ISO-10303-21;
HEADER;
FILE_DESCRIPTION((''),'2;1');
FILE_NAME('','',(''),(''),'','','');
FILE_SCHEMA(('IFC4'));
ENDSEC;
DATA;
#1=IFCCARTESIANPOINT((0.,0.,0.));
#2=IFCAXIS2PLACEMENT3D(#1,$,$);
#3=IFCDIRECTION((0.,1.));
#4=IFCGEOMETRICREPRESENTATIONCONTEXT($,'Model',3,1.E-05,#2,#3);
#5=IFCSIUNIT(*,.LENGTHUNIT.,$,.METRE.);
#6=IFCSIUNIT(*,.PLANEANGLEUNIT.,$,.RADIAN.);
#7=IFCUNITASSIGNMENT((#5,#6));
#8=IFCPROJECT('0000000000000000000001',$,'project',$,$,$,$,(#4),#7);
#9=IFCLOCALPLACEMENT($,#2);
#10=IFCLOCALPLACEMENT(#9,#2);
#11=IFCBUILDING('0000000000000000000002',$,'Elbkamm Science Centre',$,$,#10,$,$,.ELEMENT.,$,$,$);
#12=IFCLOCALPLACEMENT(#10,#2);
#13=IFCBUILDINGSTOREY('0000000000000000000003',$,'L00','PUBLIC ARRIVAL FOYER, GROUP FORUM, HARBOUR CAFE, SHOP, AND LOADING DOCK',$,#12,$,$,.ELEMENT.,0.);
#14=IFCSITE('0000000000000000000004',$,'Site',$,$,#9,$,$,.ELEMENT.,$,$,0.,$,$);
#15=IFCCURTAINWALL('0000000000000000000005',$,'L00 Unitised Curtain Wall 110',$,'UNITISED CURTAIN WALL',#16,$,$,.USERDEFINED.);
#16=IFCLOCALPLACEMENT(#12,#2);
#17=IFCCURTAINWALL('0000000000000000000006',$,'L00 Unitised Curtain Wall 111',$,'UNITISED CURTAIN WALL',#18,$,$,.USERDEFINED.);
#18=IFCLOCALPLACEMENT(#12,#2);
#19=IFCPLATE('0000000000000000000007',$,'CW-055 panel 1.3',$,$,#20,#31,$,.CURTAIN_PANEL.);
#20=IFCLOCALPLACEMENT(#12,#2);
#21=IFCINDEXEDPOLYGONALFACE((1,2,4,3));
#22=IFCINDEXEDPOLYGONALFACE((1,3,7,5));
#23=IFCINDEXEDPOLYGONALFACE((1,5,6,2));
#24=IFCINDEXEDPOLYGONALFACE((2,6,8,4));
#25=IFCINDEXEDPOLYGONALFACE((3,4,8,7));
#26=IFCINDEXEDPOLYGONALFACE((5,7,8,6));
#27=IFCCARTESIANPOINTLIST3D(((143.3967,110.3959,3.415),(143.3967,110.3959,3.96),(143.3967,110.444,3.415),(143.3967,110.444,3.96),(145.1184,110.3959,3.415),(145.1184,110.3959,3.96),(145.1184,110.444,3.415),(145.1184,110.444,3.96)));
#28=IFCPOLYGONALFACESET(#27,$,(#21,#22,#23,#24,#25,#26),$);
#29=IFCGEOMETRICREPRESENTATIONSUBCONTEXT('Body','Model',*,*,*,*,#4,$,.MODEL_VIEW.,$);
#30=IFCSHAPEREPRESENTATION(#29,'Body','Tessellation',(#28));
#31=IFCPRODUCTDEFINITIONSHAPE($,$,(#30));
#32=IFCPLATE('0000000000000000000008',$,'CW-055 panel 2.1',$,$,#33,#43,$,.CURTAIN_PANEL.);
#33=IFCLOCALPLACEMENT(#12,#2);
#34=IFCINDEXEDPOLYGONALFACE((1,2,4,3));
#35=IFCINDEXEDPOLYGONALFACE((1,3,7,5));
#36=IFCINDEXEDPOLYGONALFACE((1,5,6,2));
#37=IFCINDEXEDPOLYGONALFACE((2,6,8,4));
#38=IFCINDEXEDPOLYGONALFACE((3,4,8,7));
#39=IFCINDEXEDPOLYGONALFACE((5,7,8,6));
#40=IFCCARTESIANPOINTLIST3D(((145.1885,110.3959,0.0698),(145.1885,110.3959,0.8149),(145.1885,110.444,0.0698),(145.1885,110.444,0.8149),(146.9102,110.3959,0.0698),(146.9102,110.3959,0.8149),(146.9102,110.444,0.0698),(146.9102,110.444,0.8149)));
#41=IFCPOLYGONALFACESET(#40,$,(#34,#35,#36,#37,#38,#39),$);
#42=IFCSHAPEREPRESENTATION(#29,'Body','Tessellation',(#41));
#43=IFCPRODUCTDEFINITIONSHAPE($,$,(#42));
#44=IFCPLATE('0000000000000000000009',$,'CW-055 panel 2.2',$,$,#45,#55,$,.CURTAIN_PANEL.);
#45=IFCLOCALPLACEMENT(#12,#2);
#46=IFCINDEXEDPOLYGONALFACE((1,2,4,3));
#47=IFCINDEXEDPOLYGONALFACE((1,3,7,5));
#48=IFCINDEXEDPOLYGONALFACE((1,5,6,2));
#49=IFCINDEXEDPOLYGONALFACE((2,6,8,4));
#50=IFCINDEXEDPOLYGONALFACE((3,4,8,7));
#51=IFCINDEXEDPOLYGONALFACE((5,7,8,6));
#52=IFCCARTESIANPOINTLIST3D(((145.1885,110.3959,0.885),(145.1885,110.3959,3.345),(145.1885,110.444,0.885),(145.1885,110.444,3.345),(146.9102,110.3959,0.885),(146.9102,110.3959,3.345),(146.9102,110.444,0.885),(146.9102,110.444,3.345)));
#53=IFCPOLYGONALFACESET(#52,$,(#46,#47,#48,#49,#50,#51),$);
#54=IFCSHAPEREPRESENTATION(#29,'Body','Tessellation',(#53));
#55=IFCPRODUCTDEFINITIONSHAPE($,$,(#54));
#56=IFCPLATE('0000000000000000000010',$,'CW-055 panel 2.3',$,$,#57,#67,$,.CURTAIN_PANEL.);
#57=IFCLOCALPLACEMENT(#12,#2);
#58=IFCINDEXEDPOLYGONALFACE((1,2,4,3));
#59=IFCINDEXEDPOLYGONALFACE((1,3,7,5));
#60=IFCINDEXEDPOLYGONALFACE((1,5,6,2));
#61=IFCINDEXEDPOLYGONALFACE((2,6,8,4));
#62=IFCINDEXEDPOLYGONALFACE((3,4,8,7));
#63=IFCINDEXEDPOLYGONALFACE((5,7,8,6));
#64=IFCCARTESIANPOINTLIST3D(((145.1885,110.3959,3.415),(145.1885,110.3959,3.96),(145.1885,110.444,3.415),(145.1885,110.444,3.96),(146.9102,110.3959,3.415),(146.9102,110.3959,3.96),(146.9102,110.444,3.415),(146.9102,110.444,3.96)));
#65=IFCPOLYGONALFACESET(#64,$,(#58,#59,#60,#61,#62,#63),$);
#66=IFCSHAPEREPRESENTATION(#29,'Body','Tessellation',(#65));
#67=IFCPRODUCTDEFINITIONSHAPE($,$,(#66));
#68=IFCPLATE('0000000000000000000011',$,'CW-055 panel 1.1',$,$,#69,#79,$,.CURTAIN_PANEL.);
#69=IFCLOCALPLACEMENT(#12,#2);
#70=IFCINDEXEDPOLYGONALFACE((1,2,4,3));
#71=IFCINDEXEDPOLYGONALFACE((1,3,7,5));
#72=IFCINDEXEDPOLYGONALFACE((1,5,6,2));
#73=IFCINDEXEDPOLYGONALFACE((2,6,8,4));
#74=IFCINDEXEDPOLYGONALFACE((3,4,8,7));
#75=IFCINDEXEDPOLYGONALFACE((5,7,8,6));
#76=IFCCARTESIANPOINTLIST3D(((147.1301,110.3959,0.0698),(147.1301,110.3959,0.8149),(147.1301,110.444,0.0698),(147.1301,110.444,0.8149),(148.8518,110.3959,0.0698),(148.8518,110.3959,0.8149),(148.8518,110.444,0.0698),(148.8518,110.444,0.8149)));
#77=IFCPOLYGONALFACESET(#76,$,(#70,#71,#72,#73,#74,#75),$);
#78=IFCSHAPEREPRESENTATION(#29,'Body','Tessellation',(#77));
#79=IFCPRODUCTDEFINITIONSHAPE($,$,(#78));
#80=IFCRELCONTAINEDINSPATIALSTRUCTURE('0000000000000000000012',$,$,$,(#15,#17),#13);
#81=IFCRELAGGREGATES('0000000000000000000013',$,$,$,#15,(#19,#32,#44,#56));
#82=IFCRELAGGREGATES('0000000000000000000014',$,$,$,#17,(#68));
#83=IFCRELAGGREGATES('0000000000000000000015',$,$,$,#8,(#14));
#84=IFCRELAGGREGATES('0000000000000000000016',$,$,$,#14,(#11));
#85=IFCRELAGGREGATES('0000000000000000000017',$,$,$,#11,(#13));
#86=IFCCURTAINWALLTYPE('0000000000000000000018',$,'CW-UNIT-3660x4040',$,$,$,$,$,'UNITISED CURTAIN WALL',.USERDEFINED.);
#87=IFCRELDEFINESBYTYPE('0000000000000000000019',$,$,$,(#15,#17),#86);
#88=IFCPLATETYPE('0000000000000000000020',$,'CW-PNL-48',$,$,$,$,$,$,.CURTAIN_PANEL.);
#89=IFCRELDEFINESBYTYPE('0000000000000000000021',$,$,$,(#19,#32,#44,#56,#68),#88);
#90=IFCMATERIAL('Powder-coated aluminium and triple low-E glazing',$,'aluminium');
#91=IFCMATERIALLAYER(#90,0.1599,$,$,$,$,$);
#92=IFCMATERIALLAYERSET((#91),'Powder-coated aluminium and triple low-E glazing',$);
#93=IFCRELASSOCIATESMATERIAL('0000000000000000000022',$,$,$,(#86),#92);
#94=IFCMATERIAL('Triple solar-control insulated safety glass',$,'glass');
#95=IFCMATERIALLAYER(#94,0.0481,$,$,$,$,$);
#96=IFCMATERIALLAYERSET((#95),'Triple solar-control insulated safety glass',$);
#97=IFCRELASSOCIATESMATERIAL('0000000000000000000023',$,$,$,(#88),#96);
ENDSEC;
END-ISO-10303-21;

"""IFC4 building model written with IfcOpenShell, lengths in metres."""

from ifc_helpers import new_model, si_unit, direction, frame, origin, origin_2d, place, context, subcontext, project, spatial, rectangle, extrude, material, layer, layer_set, type_object, element, aggregate, save


model = new_model("IFC4")

# Units and contexts
model_context = context("Model", 3, precision=1e-05, world=origin(), true_north=direction((0.0, 1.0)))
body_context = subcontext(model_context, "Body", "Model", "MODEL_VIEW")
ifc_project = project(units=[si_unit("LENGTHUNIT", "METRE"), si_unit("PLANEANGLEUNIT", "RADIAN")], contexts=[model_context])

# Site, building, storey
site_placement = place(None, origin())
site = spatial("IfcSite", under=ifc_project, at=site_placement, Name="Site", CompositionType="ELEMENT", RefElevation=0.0)
building_placement = place(site_placement, origin())
building = spatial("IfcBuilding", under=site, at=building_placement, Name="Elbkamm Science Centre", CompositionType="ELEMENT")
storey_placement = place(building_placement, origin())
storey = spatial("IfcBuildingStorey", under=building, at=storey_placement, Name="L00", Description="PUBLIC ARRIVAL FOYER, GROUP FORUM, HARBOUR CAFE, SHOP, AND LOADING DOCK", CompositionType="ELEMENT", Elevation=0.0)

# Shared definitions
ifc_material_1 = material(Name="Powder-coated aluminium and triple low-E glazing", Category="aluminium")

# Curtain wall
ifc_layer_1 = layer(ifc_material_1, 0.1599)
ifc_layer_set_1 = layer_set([ifc_layer_1], Name="Powder-coated aluminium and triple low-E glazing")
curtain_wall_type_1 = type_object("IfcCurtainWallType", Name="CW-UNIT-3660x4040", ElementType="UNITISED CURTAIN WALL", PredefinedType="USERDEFINED", material=ifc_layer_set_1)
curtain_wall_1_placement = place(storey_placement, origin())
curtain_wall_1 = element("IfcCurtainWall", 1, at=curtain_wall_1_placement, inside=storey, type_object=curtain_wall_type_1, Name="L00 Unitised Curtain Wall 110", ObjectType="UNITISED CURTAIN WALL", PredefinedType="USERDEFINED")

# Curtain wall
curtain_wall_2_placement = place(storey_placement, origin())
curtain_wall_2 = element("IfcCurtainWall", 2, at=curtain_wall_2_placement, inside=storey, type_object=curtain_wall_type_1, Name="L00 Unitised Curtain Wall 111", ObjectType="UNITISED CURTAIN WALL", PredefinedType="USERDEFINED")

# Plates
ifc_material_2 = material(Name="Triple solar-control insulated safety glass", Category="glass")
ifc_layer_2 = layer(ifc_material_2, 0.0481)
ifc_layer_set_2 = layer_set([ifc_layer_2], Name="Triple solar-control insulated safety glass")
plate_type = type_object("IfcPlateType", Name="CW-PNL-48", PredefinedType="CURTAIN_PANEL", material=ifc_layer_set_2)
plate_1_placement = place(storey_placement, frame((144.2576, 110.4199, 3.415), z_axis=(0.0, 0.0, 1.0), x_axis=(1.0, 0.0, 0.0)))
plate_1 = element("IfcPlate", 3, at=plate_1_placement, type_object=plate_type, Name="CW-055 panel 1.3", PredefinedType="CURTAIN_PANEL", context=body_context, shape_type="SweptSolid", body=[
    extrude(rectangle(XDim=1.7217, YDim=0.0481, at=origin_2d()), origin(), (0.0, 0.0, 1.0), 0.5449),
])
plate_2_placement = place(storey_placement, frame((146.0493, 110.4199, 0.0698), z_axis=(0.0, 0.0, 1.0), x_axis=(1.0, 0.0, 0.0)))
plate_2 = element("IfcPlate", 4, at=plate_2_placement, type_object=plate_type, Name="CW-055 panel 2.1", PredefinedType="CURTAIN_PANEL", context=body_context, shape_type="SweptSolid", body=[
    extrude(rectangle(XDim=1.7217, YDim=0.0481, at=origin_2d()), origin(), (0.0, 0.0, 1.0), 0.7451),
])
plate_3_placement = place(storey_placement, frame((146.0493, 110.4199, 0.885), z_axis=(0.0, 0.0, 1.0), x_axis=(1.0, 0.0, 0.0)))
plate_3 = element("IfcPlate", 5, at=plate_3_placement, type_object=plate_type, Name="CW-055 panel 2.2", PredefinedType="CURTAIN_PANEL", context=body_context, shape_type="SweptSolid", body=[
    extrude(rectangle(XDim=1.7217, YDim=0.0481, at=origin_2d()), origin(), (0.0, 0.0, 1.0), 2.46),
])
plate_4_placement = place(storey_placement, frame((146.0493, 110.4199, 3.415), z_axis=(0.0, 0.0, 1.0), x_axis=(1.0, 0.0, 0.0)))
plate_4 = element("IfcPlate", 6, at=plate_4_placement, type_object=plate_type, Name="CW-055 panel 2.3", PredefinedType="CURTAIN_PANEL", context=body_context, shape_type="SweptSolid", body=[
    extrude(rectangle(XDim=1.7217, YDim=0.0481, at=origin_2d()), origin(), (0.0, 0.0, 1.0), 0.5449),
])
aggregate(curtain_wall_1, [plate_1, plate_2, plate_3, plate_4])
plate_5_placement = place(storey_placement, frame((147.991, 110.4199, 0.0698), z_axis=(0.0, 0.0, 1.0), x_axis=(1.0, 0.0, 0.0)))
plate_5 = element("IfcPlate", 7, at=plate_5_placement, type_object=plate_type, Name="CW-055 panel 1.1", PredefinedType="CURTAIN_PANEL", context=body_context, shape_type="SweptSolid", body=[
    extrude(rectangle(XDim=1.7217, YDim=0.0481, at=origin_2d()), origin(), (0.0, 0.0, 1.0), 0.7451),
])
aggregate(curtain_wall_2, [plate_5])

save(model, "model.ifc")
